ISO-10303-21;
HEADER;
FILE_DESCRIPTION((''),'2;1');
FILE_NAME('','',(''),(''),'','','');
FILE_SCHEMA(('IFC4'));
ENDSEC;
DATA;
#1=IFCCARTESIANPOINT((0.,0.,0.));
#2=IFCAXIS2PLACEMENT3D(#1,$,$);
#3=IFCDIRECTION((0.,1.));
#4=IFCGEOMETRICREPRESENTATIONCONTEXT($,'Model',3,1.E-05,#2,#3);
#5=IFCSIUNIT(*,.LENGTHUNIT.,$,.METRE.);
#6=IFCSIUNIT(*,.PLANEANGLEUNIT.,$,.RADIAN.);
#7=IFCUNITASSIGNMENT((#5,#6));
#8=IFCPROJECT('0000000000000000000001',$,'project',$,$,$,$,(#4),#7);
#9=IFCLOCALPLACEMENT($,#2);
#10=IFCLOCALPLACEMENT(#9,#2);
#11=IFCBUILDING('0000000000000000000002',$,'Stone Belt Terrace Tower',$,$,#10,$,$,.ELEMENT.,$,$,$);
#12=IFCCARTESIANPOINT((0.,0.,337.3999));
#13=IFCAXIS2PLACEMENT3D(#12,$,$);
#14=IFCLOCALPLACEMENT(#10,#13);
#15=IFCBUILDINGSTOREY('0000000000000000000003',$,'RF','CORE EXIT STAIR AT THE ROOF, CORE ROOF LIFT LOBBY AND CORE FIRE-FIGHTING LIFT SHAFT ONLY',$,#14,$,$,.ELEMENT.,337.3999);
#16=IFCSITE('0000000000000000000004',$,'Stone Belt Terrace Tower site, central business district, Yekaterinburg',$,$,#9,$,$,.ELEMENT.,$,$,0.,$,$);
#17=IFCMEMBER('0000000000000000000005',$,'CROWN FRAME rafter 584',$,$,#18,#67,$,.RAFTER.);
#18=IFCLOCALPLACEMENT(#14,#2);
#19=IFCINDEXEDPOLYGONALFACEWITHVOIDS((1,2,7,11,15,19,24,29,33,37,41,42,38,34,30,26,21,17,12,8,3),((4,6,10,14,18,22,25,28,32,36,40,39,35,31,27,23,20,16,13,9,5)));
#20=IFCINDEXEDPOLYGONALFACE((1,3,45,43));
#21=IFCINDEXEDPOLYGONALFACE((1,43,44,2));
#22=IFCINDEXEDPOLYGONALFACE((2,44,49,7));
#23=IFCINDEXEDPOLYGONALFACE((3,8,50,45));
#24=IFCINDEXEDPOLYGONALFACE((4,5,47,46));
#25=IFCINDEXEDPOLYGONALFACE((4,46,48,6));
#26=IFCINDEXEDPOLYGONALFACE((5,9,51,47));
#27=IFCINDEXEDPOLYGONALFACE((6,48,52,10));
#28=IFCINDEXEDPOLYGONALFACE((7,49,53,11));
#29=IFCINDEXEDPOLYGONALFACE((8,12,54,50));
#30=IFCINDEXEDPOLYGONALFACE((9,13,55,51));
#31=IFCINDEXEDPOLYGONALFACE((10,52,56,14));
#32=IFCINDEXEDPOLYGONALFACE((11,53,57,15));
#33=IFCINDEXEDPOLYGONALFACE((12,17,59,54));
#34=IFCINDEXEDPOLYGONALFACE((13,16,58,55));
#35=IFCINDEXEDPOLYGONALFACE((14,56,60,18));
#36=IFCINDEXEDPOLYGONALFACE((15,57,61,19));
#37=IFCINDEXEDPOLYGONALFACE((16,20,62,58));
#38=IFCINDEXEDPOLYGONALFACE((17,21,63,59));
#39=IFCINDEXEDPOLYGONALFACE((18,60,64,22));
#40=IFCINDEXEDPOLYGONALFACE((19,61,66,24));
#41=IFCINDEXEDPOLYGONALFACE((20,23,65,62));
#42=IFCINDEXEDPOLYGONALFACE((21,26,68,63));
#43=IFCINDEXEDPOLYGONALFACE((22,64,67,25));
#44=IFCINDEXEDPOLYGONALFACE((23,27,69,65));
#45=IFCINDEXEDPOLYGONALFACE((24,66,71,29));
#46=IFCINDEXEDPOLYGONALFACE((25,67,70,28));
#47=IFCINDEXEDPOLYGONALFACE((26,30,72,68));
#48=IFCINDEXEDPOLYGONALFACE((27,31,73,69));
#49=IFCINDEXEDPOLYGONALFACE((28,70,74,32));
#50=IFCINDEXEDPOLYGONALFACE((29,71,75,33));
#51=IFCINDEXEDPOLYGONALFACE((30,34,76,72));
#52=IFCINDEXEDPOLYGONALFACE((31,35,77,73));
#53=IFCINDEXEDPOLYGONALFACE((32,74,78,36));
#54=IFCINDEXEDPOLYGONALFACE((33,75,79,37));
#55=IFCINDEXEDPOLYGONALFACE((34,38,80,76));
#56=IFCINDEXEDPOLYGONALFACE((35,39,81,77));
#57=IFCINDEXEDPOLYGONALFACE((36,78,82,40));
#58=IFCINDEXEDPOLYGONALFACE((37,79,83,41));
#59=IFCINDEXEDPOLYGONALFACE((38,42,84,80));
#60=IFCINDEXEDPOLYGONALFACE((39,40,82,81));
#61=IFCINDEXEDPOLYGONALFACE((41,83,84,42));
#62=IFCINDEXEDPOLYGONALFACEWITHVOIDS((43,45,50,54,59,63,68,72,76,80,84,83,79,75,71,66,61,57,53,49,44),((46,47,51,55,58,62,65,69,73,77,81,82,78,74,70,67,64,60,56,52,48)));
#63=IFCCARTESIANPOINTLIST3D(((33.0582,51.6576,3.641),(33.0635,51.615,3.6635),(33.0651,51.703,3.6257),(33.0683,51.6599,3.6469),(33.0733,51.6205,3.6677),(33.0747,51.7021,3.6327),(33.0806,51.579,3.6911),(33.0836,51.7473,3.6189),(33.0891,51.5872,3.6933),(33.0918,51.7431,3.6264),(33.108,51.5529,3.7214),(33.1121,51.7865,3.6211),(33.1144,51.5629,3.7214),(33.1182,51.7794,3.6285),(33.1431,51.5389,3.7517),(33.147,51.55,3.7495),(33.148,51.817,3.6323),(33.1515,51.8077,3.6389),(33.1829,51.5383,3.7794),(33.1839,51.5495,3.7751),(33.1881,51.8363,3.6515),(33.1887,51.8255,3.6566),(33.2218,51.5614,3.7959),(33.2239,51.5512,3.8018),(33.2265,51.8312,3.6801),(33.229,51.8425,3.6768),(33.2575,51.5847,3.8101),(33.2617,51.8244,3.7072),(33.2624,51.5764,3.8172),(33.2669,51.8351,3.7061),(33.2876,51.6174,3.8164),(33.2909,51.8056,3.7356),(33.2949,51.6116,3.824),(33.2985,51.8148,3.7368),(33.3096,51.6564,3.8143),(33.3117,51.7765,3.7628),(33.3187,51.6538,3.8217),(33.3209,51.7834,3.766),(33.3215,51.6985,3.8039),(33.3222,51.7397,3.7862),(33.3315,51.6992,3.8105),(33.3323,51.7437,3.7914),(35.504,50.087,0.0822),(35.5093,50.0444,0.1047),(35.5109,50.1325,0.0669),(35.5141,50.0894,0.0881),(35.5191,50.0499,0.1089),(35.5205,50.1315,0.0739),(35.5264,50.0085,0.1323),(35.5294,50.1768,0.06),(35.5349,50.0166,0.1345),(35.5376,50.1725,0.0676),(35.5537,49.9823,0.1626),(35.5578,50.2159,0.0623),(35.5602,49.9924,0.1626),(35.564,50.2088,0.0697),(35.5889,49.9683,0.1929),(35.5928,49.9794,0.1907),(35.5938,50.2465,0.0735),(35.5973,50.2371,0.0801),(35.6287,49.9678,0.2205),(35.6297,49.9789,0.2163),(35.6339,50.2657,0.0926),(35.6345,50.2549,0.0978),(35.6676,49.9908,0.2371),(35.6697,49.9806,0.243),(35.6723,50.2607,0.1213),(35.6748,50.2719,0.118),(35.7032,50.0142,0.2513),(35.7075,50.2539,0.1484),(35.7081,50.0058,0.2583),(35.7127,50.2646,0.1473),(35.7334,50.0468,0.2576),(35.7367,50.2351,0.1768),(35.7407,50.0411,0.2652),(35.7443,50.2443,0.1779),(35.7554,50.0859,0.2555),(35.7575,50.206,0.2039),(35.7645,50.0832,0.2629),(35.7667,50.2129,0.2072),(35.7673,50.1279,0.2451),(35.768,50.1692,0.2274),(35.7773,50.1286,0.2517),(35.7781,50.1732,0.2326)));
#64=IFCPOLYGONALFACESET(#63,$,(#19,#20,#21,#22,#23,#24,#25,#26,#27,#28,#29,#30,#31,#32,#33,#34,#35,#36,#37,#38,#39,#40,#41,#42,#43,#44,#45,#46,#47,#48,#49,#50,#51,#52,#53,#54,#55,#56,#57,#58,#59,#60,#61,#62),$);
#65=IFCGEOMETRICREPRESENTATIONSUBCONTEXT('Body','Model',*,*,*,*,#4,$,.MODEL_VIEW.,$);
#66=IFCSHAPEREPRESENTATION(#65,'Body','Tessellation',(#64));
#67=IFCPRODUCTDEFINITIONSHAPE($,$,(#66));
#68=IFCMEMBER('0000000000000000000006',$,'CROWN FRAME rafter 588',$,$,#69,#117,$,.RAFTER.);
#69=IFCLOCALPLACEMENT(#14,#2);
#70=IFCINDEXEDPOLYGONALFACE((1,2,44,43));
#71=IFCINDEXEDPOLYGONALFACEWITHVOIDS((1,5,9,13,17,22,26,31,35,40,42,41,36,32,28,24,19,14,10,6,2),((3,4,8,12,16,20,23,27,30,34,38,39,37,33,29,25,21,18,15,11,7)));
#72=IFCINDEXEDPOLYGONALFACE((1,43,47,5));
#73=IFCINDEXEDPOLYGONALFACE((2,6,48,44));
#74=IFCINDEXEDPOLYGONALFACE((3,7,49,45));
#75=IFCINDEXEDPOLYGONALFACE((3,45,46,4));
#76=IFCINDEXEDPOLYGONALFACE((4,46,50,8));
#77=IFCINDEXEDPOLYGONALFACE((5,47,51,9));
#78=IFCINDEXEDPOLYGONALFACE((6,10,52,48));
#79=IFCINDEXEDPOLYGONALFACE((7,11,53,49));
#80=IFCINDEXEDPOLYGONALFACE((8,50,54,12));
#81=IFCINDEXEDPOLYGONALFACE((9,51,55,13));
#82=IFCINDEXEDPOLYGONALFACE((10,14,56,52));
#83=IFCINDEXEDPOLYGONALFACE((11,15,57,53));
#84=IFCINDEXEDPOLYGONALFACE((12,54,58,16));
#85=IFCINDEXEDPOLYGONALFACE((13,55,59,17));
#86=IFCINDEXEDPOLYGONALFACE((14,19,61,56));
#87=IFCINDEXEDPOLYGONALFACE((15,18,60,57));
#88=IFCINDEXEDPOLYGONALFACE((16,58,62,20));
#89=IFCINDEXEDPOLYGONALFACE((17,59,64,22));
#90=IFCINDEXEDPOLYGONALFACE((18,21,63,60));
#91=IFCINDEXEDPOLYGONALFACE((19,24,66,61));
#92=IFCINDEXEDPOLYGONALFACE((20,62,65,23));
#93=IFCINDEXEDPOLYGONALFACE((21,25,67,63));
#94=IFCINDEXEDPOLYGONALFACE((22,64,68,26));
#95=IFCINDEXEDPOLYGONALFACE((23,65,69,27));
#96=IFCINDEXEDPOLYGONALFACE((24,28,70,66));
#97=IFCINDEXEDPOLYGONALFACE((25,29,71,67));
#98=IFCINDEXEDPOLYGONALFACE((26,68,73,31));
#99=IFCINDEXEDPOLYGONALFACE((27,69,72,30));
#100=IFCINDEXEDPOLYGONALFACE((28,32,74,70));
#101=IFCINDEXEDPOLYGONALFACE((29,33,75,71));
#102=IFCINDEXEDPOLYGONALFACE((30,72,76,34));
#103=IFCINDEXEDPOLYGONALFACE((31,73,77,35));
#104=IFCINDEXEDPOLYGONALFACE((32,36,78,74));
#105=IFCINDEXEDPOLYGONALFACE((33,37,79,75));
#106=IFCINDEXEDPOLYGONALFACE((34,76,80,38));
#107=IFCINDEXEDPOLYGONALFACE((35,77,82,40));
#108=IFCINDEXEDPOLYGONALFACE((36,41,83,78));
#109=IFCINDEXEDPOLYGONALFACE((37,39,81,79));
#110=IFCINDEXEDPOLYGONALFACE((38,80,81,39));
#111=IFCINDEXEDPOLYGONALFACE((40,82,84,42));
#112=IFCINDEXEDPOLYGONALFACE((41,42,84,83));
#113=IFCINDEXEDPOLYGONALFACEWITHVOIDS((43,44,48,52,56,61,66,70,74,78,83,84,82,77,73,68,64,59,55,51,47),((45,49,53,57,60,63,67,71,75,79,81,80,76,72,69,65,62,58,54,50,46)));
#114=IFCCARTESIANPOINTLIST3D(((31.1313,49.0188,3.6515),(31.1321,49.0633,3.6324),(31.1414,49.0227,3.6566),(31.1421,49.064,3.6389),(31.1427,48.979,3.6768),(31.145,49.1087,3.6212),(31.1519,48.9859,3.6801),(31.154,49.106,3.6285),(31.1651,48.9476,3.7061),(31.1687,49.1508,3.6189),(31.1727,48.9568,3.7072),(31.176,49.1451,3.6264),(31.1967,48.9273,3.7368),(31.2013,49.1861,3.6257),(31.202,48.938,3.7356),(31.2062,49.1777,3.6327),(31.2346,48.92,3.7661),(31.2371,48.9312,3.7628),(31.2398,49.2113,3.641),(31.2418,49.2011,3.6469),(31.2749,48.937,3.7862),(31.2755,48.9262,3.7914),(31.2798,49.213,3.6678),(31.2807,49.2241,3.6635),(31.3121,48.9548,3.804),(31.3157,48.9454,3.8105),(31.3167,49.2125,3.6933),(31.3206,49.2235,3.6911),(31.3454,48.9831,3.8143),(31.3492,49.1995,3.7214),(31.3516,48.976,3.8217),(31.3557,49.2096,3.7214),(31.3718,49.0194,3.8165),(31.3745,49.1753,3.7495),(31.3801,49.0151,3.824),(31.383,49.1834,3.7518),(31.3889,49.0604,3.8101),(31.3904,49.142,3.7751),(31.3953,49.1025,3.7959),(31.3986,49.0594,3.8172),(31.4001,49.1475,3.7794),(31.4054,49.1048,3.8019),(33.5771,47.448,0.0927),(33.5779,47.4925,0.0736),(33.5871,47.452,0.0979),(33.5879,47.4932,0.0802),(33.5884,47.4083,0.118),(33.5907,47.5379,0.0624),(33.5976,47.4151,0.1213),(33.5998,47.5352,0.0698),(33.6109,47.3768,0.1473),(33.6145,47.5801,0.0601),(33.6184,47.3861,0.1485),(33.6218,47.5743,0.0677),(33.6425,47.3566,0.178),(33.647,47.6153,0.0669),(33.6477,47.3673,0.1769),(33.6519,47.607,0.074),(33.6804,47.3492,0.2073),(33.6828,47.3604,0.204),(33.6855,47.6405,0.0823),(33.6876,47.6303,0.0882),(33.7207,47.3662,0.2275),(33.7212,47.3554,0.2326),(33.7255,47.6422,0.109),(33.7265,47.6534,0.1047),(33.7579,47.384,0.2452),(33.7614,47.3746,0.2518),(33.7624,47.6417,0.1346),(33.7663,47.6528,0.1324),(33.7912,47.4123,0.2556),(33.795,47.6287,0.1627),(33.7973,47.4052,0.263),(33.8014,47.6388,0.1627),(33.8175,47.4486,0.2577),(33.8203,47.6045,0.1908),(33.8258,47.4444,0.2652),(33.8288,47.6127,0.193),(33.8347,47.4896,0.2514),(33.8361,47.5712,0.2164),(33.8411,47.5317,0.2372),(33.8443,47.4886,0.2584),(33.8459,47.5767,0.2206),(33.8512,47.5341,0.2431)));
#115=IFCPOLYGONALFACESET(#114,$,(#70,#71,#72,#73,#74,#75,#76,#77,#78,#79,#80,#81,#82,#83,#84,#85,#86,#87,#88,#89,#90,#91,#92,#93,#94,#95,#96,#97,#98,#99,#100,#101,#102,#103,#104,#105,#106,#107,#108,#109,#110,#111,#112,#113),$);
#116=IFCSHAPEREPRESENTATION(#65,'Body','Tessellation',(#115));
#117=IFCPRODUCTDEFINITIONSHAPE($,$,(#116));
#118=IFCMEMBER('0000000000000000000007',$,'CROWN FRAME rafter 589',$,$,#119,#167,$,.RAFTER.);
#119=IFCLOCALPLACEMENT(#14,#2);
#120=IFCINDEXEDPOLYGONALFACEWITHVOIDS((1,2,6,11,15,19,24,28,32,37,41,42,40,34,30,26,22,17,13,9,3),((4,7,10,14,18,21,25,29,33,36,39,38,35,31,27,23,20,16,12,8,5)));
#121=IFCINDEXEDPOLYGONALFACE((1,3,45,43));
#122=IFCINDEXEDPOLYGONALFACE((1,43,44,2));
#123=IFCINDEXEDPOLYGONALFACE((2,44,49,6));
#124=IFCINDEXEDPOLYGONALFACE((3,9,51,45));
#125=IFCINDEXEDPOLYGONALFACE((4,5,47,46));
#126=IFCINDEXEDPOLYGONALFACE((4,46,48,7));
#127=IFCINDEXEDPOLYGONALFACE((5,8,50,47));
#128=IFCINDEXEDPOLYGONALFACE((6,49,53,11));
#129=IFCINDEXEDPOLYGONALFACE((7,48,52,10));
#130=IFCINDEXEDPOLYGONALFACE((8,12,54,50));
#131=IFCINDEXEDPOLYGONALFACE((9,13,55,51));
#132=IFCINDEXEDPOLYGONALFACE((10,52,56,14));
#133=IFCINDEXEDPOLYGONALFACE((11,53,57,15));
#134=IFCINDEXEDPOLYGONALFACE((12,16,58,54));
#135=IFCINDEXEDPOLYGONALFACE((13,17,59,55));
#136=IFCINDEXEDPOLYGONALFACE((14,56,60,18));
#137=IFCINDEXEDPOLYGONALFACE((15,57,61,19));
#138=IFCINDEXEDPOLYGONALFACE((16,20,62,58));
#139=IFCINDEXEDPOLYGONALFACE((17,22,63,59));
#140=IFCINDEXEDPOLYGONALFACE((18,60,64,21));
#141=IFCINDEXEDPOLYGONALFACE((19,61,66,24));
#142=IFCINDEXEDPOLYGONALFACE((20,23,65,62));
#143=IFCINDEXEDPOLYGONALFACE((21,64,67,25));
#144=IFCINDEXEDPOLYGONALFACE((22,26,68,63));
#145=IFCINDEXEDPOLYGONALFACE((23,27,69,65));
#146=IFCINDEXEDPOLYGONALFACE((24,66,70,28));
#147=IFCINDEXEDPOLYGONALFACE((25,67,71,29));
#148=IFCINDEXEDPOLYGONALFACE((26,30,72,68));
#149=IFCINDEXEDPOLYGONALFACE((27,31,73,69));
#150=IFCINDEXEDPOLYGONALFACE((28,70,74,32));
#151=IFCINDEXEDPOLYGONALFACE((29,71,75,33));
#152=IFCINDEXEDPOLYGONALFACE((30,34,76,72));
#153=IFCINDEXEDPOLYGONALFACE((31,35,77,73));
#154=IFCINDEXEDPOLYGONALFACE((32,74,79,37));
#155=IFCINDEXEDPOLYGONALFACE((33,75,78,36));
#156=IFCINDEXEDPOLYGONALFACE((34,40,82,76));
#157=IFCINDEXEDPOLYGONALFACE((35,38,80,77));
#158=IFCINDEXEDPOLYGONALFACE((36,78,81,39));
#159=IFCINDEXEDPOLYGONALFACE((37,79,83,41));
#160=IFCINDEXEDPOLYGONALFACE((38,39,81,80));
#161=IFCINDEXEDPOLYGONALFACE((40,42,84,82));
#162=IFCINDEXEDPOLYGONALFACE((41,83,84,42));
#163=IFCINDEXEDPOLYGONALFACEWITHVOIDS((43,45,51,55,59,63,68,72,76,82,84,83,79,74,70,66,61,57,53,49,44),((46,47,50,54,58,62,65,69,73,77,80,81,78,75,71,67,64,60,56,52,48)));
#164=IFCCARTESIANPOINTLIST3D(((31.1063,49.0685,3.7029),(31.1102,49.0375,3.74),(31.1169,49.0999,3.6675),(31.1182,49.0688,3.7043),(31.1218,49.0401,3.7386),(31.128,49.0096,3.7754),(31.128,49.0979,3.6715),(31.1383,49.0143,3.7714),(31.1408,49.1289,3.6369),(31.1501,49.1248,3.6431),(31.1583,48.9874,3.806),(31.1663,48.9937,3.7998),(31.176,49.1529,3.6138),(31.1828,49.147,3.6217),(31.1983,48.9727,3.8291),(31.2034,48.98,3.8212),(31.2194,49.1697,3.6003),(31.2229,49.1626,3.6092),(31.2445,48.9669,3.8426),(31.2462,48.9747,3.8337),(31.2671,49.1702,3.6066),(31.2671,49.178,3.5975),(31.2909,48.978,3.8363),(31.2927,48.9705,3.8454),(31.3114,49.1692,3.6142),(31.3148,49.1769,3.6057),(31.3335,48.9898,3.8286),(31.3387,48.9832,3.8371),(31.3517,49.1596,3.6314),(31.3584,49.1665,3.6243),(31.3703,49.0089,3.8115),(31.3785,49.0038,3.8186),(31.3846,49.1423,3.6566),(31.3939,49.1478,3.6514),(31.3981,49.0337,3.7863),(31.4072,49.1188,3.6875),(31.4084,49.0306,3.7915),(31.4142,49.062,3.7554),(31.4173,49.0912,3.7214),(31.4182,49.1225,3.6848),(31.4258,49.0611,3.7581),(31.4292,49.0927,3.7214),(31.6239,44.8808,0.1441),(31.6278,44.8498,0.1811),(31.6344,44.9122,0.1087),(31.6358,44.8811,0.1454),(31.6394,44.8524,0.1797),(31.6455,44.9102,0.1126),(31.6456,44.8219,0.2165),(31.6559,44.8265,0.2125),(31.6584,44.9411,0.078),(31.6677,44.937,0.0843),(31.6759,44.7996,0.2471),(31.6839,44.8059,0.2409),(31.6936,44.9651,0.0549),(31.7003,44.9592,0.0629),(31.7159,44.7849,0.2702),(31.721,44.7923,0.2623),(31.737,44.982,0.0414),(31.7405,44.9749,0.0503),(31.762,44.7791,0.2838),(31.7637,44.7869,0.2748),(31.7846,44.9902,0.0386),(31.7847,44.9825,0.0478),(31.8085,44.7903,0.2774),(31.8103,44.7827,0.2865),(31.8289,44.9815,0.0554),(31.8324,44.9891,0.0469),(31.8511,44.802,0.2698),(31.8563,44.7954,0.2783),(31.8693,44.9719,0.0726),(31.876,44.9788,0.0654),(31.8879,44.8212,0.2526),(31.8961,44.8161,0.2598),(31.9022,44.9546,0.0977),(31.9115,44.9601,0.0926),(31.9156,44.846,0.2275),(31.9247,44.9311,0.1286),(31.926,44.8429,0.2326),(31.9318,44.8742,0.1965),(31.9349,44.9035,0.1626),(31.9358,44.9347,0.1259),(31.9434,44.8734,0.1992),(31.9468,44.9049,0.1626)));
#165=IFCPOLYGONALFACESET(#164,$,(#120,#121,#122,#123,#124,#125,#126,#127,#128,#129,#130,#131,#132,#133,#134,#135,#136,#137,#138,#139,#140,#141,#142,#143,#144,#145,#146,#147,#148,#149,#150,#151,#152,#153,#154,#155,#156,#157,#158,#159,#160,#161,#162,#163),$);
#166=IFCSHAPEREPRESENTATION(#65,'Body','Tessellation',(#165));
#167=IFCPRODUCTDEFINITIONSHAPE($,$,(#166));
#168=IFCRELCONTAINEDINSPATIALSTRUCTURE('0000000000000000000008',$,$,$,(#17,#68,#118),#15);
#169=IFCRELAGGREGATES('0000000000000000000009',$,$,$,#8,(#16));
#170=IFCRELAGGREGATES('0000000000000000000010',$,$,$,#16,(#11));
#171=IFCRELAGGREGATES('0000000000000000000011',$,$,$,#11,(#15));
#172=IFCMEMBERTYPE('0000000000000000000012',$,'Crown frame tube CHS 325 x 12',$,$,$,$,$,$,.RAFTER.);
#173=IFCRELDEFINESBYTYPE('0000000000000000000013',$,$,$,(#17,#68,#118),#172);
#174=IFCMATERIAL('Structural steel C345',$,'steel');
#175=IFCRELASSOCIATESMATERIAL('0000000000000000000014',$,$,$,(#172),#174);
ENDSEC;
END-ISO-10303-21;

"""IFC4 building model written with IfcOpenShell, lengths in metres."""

from ifc_helpers import new_model, si_unit, direction, frame, origin, origin_2d, place, context, subcontext, project, spatial, hollow_circle, extrude, material, material_profile, profile_set, type_object, element, save


model = new_model("IFC4")

# Units and contexts
model_context = context("Model", 3, precision=1e-05, world=origin(), true_north=direction((0.0, 1.0)))
body_context = subcontext(model_context, "Body", "Model", "MODEL_VIEW")
ifc_project = project(units=[si_unit("LENGTHUNIT", "METRE"), si_unit("PLANEANGLEUNIT", "RADIAN")], contexts=[model_context])

# Site, building, storey
site_placement = place(None, origin())
site = spatial("IfcSite", under=ifc_project, at=site_placement, Name="Stone Belt Terrace Tower site, central business district, Yekaterinburg", CompositionType="ELEMENT", RefElevation=0.0)
building_placement = place(site_placement, origin())
building = spatial("IfcBuilding", under=site, at=building_placement, Name="Stone Belt Terrace Tower", CompositionType="ELEMENT")
storey_placement = place(building_placement, frame((0.0, 0.0, 337.3999)))
storey = spatial("IfcBuildingStorey", under=building, at=storey_placement, Name="RF", Description="CORE EXIT STAIR AT THE ROOF, CORE ROOF LIFT LOBBY AND CORE FIRE-FIGHTING LIFT SHAFT ONLY", CompositionType="ELEMENT", Elevation=337.3999)

# Members
ifc_material_1 = material(Name="Structural steel C345", Category="steel")
ifc_material_profile_1 = material_profile(ifc_material_1, hollow_circle(Radius=0.1626, WallThickness=0.012, at=origin_2d()), Name="Structural steel C345 CHS 325x12")
ifc_profile_set_1 = profile_set([ifc_material_profile_1], Name="Structural steel C345")
member_type_1 = type_object("IfcMemberType", Name="Crown frame tube CHS 325 x 12", PredefinedType="RAFTER", material=ifc_profile_set_1)
for number, where, z_axis, x_axis, name in (
    (1, (35.6416, 50.1191, 0.1626), (-0.532276, 0.341798, 0.774504), (-0.540333, -0.841451, 0.0), "CROWN FRAME rafter 584"),
    (2, (31.2678, 49.0728, 3.7214), (0.532266, -0.341845, -0.77449), (0.540392, 0.841413, 0.0), "CROWN FRAME rafter 588"),
):
    element("IfcMember", number, at=place(storey_placement, frame(where, z_axis=z_axis, x_axis=x_axis)), inside=storey, type_object=member_type_1, Name=name, PredefinedType="RAFTER", context=body_context, shape_type="SweptSolid", body=[
        extrude(hollow_circle(Radius=0.1626, WallThickness=0.012, at=origin_2d()), origin(), (0.0, 0.0, 1.0), 4.595),
    ])
member_1_placement = place(storey_placement, frame((31.2678, 49.0728, 3.7214), z_axis=(0.093764, -0.758649, -0.644717), x_axis=(0.992449, 0.12266, 0.0)))
element("IfcMember", 3, at=member_1_placement, inside=storey, type_object=member_type_1, Name="CROWN FRAME rafter 589", PredefinedType="RAFTER", context=body_context, shape_type="SweptSolid", body=[
    extrude(hollow_circle(Radius=0.1626, WallThickness=0.012, at=origin_2d()), origin(), (0.0, 0.0, 1.0), 5.52),
])

save(model, "model.ifc")
